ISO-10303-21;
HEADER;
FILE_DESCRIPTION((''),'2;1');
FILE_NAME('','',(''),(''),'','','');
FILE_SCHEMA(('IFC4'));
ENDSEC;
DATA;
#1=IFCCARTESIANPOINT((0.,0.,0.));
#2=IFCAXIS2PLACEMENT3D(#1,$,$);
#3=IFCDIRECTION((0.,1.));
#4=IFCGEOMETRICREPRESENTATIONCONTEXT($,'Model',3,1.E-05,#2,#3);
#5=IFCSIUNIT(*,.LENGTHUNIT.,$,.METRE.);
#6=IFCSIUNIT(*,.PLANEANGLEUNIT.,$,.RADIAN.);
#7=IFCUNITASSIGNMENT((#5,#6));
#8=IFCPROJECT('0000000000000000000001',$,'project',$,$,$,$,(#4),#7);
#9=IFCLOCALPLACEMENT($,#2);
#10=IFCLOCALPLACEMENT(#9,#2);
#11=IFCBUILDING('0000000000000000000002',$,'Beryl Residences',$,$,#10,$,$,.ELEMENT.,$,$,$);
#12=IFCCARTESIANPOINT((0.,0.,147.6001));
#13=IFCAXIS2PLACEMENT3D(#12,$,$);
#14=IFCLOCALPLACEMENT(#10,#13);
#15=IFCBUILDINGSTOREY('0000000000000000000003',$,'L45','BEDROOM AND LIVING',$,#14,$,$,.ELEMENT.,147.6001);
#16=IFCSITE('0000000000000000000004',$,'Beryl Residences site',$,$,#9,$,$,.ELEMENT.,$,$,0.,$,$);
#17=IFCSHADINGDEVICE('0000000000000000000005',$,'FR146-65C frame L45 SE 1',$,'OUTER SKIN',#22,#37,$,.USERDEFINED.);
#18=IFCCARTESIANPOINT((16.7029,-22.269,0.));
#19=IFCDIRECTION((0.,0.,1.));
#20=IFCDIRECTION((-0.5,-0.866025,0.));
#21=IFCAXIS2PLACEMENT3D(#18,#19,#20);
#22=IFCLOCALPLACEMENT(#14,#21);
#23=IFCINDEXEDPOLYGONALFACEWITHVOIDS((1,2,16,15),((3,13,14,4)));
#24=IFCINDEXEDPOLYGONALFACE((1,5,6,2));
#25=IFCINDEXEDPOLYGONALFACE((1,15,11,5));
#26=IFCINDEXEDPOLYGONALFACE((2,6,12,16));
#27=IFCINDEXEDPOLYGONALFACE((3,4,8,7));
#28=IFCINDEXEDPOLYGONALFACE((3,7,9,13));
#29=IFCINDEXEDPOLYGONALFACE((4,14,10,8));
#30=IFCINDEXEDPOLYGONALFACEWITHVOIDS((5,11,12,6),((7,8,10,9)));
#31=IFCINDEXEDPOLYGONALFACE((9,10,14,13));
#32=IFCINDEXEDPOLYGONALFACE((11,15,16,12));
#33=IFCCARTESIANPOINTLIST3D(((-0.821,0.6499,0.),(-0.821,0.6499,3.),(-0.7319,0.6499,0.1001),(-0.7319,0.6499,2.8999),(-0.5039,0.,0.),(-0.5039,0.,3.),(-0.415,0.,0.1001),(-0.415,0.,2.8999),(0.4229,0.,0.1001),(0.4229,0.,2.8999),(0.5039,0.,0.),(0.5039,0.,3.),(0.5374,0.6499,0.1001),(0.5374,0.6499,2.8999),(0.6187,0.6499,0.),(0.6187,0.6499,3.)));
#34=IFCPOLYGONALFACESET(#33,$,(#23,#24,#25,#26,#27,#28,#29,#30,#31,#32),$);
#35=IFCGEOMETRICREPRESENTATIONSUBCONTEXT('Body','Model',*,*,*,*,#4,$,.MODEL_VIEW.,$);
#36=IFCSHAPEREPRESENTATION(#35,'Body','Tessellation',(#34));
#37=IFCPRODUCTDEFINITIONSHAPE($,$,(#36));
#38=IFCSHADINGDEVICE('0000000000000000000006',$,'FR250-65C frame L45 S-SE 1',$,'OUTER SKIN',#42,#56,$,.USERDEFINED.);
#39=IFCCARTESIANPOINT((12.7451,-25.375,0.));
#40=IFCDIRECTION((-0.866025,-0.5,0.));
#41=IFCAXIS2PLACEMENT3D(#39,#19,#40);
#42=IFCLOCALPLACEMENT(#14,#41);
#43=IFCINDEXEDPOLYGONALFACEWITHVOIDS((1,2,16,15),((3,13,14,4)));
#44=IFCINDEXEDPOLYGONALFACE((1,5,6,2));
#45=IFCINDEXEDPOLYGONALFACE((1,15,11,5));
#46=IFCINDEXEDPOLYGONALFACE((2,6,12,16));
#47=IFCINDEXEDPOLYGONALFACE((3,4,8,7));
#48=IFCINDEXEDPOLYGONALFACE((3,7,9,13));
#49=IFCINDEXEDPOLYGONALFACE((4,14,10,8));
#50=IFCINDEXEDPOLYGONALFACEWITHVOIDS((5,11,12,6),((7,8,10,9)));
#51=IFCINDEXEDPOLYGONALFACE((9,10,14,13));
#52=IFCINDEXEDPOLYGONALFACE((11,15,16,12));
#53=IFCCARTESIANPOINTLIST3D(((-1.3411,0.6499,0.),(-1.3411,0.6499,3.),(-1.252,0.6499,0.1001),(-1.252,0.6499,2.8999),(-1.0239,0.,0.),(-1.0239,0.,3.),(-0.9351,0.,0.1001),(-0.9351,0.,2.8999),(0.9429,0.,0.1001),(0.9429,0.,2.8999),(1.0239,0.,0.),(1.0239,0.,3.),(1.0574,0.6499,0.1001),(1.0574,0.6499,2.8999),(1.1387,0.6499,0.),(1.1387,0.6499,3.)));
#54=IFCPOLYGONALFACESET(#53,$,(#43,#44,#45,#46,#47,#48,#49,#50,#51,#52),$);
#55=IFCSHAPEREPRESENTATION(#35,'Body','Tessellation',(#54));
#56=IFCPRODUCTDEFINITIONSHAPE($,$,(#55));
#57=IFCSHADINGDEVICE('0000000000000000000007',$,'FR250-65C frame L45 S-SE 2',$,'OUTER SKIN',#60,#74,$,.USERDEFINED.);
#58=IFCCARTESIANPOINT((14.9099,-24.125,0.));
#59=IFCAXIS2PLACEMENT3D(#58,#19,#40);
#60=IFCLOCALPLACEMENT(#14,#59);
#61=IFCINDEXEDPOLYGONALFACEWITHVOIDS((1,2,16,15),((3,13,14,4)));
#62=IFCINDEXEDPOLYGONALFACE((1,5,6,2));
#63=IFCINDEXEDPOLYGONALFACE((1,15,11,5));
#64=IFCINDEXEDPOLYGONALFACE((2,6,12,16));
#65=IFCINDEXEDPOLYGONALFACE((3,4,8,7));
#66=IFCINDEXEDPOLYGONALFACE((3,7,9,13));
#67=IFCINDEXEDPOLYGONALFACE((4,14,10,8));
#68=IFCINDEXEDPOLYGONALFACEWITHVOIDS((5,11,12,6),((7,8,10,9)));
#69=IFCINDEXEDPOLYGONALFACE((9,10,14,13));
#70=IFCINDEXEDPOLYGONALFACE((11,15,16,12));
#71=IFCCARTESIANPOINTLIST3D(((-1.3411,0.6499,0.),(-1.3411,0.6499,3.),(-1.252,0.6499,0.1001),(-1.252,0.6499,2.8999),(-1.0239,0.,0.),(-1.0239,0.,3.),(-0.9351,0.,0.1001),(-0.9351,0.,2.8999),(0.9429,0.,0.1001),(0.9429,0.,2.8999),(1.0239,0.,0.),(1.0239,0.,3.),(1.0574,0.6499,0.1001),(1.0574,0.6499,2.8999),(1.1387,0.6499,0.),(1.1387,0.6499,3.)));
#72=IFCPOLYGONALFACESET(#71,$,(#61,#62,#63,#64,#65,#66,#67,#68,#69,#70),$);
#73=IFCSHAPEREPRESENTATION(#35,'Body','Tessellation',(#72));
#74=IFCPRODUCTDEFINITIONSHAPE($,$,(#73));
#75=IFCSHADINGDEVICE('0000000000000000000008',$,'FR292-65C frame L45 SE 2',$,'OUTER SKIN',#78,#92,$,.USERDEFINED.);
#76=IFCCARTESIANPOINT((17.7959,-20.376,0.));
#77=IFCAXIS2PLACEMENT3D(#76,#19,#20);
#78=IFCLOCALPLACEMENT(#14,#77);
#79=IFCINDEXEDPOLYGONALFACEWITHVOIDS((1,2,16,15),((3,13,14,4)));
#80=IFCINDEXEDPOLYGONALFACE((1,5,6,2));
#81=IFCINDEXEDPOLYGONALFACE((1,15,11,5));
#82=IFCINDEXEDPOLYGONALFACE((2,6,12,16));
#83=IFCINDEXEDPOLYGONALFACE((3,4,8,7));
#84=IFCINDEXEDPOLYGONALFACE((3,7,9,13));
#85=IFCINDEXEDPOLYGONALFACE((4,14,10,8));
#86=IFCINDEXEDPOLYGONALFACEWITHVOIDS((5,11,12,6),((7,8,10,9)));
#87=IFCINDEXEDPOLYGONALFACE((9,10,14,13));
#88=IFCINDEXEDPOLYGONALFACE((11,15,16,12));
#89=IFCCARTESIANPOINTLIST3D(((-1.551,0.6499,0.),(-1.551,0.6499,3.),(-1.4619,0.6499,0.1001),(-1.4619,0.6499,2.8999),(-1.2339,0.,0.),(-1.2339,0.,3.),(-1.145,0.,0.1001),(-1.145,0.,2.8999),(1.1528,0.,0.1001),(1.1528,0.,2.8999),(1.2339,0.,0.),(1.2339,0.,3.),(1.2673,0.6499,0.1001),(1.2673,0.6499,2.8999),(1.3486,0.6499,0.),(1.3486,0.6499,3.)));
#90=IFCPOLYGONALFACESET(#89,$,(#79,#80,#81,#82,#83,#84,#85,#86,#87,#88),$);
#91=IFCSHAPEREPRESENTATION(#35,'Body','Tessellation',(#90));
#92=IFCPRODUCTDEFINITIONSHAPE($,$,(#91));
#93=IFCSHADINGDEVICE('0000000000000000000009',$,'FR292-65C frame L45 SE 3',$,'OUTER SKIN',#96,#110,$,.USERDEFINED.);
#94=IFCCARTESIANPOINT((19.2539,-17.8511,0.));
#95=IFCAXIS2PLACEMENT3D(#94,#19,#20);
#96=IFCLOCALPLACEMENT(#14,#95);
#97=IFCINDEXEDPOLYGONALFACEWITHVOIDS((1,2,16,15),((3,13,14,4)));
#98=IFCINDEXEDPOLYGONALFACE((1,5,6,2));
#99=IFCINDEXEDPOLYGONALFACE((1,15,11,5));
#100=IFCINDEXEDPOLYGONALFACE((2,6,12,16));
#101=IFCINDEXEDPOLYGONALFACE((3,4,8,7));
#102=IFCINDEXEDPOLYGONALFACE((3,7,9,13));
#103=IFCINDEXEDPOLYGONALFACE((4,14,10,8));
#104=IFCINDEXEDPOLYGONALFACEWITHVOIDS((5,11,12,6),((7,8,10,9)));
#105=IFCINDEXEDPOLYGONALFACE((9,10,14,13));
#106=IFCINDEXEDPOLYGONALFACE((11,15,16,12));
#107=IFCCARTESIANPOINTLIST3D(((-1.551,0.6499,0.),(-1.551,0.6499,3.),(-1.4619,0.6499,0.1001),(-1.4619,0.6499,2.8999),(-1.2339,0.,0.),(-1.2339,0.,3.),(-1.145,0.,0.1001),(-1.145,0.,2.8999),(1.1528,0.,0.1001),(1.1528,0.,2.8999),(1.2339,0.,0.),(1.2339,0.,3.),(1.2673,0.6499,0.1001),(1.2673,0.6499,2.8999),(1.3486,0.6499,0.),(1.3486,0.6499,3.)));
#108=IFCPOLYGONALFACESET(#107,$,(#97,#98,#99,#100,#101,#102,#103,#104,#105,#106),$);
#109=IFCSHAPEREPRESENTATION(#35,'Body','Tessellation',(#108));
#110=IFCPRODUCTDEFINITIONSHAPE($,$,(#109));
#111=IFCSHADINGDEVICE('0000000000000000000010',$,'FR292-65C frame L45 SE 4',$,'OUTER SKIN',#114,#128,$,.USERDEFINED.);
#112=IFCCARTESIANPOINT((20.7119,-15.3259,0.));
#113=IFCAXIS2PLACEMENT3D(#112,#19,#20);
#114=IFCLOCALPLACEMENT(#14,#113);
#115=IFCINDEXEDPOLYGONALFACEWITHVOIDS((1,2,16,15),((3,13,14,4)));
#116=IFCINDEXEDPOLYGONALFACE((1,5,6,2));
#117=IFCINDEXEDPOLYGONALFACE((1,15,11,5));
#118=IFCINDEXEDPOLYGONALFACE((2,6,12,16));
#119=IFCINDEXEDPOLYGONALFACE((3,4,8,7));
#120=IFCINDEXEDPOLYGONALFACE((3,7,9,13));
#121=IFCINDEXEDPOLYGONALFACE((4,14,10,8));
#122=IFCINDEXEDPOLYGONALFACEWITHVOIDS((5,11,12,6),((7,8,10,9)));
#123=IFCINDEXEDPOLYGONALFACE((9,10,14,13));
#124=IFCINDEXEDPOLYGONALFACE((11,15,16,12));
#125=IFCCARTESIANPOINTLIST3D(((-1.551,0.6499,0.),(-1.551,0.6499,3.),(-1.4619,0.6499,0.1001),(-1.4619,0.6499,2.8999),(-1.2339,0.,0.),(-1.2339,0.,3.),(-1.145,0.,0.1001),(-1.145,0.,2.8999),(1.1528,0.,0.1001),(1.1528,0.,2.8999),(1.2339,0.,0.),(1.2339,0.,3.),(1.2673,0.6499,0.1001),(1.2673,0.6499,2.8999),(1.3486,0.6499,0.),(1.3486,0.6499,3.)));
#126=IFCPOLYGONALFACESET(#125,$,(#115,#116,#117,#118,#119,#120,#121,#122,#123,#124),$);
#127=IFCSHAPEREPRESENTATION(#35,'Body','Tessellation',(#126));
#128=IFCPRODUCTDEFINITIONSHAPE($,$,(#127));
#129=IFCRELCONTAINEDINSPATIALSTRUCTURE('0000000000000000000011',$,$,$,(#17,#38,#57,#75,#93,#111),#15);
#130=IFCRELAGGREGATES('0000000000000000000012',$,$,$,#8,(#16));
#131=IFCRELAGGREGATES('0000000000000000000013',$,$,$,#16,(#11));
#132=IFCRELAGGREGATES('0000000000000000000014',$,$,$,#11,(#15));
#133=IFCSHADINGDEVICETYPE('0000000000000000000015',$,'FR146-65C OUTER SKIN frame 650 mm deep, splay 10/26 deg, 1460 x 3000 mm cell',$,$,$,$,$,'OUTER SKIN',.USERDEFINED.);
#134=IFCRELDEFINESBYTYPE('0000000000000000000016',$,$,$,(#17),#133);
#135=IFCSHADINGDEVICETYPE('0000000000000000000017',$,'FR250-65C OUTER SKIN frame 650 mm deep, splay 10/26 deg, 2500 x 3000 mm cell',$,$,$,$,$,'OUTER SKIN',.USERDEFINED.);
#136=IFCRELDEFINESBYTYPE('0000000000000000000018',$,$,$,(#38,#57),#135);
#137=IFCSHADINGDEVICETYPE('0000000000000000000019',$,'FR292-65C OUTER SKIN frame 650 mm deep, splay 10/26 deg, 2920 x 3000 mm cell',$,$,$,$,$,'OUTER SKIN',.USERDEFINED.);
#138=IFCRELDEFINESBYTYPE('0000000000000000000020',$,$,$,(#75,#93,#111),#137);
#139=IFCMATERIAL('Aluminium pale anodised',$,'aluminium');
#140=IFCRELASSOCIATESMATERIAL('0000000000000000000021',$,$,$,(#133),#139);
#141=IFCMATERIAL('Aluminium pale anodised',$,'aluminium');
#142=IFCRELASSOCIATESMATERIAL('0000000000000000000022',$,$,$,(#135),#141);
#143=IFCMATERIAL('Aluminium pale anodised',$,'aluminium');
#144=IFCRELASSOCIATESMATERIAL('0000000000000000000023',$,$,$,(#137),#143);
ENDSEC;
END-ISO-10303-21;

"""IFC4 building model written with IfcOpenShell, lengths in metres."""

from ifc_helpers import new_model, entity, si_unit, direction, frame, origin, place, context, subcontext, project, spatial, source, transform, mapped, material, type_object, type_shapes, element, save


model = new_model("IFC4")

# Units and contexts
model_context = context("Model", 3, precision=1e-05, world=origin(), true_north=direction((0.0, 1.0)))
body_context = subcontext(model_context, "Body", "Model", "MODEL_VIEW")
ifc_project = project(units=[si_unit("LENGTHUNIT", "METRE"), si_unit("PLANEANGLEUNIT", "RADIAN")], contexts=[model_context])

# Site, building, storey
site_placement = place(None, origin())
site = spatial("IfcSite", under=ifc_project, at=site_placement, Name="Beryl Residences site", CompositionType="ELEMENT", RefElevation=0.0)
building_placement = place(site_placement, origin())
building = spatial("IfcBuilding", under=site, at=building_placement, Name="Beryl Residences", CompositionType="ELEMENT")
storey_placement = place(building_placement, frame((0.0, 0.0, 147.6001)))
storey = spatial("IfcBuildingStorey", under=building, at=storey_placement, Name="L45", Description="BEDROOM AND LIVING", CompositionType="ELEMENT", Elevation=147.6001)

# Shading devices
ifc_material_1 = material(Name="Aluminium pale anodised", Category="aluminium")
shading_device_type_1 = type_object("IfcShadingDeviceType", Name="FR146-65C OUTER SKIN frame 650 mm deep, splay 10/26 deg, 1460 x 3000 mm cell", ElementType="OUTER SKIN", PredefinedType="USERDEFINED", material=ifc_material_1)
cartesian_point_1 = entity("IfcCartesianPoint", [-0.5039, 0.0])
cartesian_point_2 = entity("IfcCartesianPoint", [-0.4229, 0.1001])
cartesian_point_3 = entity("IfcCartesianPoint", [-0.6187, 0.0])
cartesian_point_4 = entity("IfcCartesianPoint", [-0.5374, 0.1001])
shared_shape_1 = source(origin(), body_context, "Body", "SweptSolid", [
    entity("IfcExtrudedAreaSolidTapered", entity("IfcArbitraryProfileDefWithVoids", "AREA", None, entity("IfcPolyline", [cartesian_point_1, entity("IfcCartesianPoint", [0.5039, 0.0]), entity("IfcCartesianPoint", [0.5039, 3.0]), entity("IfcCartesianPoint", [-0.5039, 3.0]), cartesian_point_1]), [entity("IfcPolyline", [cartesian_point_2, entity("IfcCartesianPoint", [0.415, 0.1001]), entity("IfcCartesianPoint", [0.415, 2.8999]), entity("IfcCartesianPoint", [-0.4229, 2.8999]), cartesian_point_2])]), entity("IfcAxis2Placement3D", entity("IfcCartesianPoint", [0.0, 0.0, 0.0]), entity("IfcDirection", [0.0, 1.0, 0.0]), entity("IfcDirection", [-1.0, 0.0, 0.0])), entity("IfcDirection", [0.0, 0.0, 1.0]), 0.6499, entity("IfcArbitraryProfileDefWithVoids", "AREA", None, entity("IfcPolyline", [cartesian_point_3, entity("IfcCartesianPoint", [0.821, 0.0]), entity("IfcCartesianPoint", [0.821, 3.0]), entity("IfcCartesianPoint", [-0.6187, 3.0]), cartesian_point_3]), [entity("IfcPolyline", [cartesian_point_4, entity("IfcCartesianPoint", [0.7319, 0.1001]), entity("IfcCartesianPoint", [0.7319, 2.8999]), entity("IfcCartesianPoint", [-0.5374, 2.8999]), cartesian_point_4])])),
])
type_shapes(shading_device_type_1, [shared_shape_1])
shading_device_placement = place(storey_placement, frame((16.7029, -22.269, 0.0), z_axis=(0.0, 0.0, 1.0), x_axis=(-0.5, -0.866025, 0.0)))
element("IfcShadingDevice", 1, at=shading_device_placement, inside=storey, type_object=shading_device_type_1, Name="FR146-65C frame L45 SE 1", ObjectType="OUTER SKIN", PredefinedType="USERDEFINED", context=body_context, shape_type="MappedRepresentation", body=[
    mapped(shared_shape_1, transform((0.0, 0.0, 0.0))),
])
ifc_material_2 = material(Name="Aluminium pale anodised", Category="aluminium")
shading_device_type_2 = type_object("IfcShadingDeviceType", Name="FR250-65C OUTER SKIN frame 650 mm deep, splay 10/26 deg, 2500 x 3000 mm cell", ElementType="OUTER SKIN", PredefinedType="USERDEFINED", material=ifc_material_2)
cartesian_point_5 = entity("IfcCartesianPoint", [-1.0239, 0.0])
cartesian_point_6 = entity("IfcCartesianPoint", [-0.9429, 0.1001])
cartesian_point_7 = entity("IfcCartesianPoint", [-1.1387, 0.0])
cartesian_point_8 = entity("IfcCartesianPoint", [-1.0574, 0.1001])
shared_shape_2 = source(origin(), body_context, "Body", "SweptSolid", [
    entity("IfcExtrudedAreaSolidTapered", entity("IfcArbitraryProfileDefWithVoids", "AREA", None, entity("IfcPolyline", [cartesian_point_5, entity("IfcCartesianPoint", [1.0239, 0.0]), entity("IfcCartesianPoint", [1.0239, 3.0]), entity("IfcCartesianPoint", [-1.0239, 3.0]), cartesian_point_5]), [entity("IfcPolyline", [cartesian_point_6, entity("IfcCartesianPoint", [0.9351, 0.1001]), entity("IfcCartesianPoint", [0.9351, 2.8999]), entity("IfcCartesianPoint", [-0.9429, 2.8999]), cartesian_point_6])]), entity("IfcAxis2Placement3D", entity("IfcCartesianPoint", [0.0, 0.0, 0.0]), entity("IfcDirection", [0.0, 1.0, 0.0]), entity("IfcDirection", [-1.0, 0.0, 0.0])), entity("IfcDirection", [0.0, 0.0, 1.0]), 0.6499, entity("IfcArbitraryProfileDefWithVoids", "AREA", None, entity("IfcPolyline", [cartesian_point_7, entity("IfcCartesianPoint", [1.3411, 0.0]), entity("IfcCartesianPoint", [1.3411, 3.0]), entity("IfcCartesianPoint", [-1.1387, 3.0]), cartesian_point_7]), [entity("IfcPolyline", [cartesian_point_8, entity("IfcCartesianPoint", [1.252, 0.1001]), entity("IfcCartesianPoint", [1.252, 2.8999]), entity("IfcCartesianPoint", [-1.0574, 2.8999]), cartesian_point_8])])),
])
type_shapes(shading_device_type_2, [shared_shape_2])
for number, where, z_axis, x_axis, name in (
    (2, (12.7451, -25.375, 0.0), (0.0, 0.0, 1.0), (-0.866025, -0.5, 0.0), "FR250-65C frame L45 S-SE 1"),
    (3, (14.9099, -24.125, 0.0), (0.0, 0.0, 1.0), (-0.866025, -0.5, 0.0), "FR250-65C frame L45 S-SE 2"),
):
    element("IfcShadingDevice", number, at=place(storey_placement, frame(where, z_axis=z_axis, x_axis=x_axis)), inside=storey, type_object=shading_device_type_2, Name=name, ObjectType="OUTER SKIN", PredefinedType="USERDEFINED", context=body_context, shape_type="MappedRepresentation", body=[
        mapped(shared_shape_2, transform((0.0, 0.0, 0.0))),
    ])
ifc_material_3 = material(Name="Aluminium pale anodised", Category="aluminium")
shading_device_type_3 = type_object("IfcShadingDeviceType", Name="FR292-65C OUTER SKIN frame 650 mm deep, splay 10/26 deg, 2920 x 3000 mm cell", ElementType="OUTER SKIN", PredefinedType="USERDEFINED", material=ifc_material_3)
cartesian_point_9 = entity("IfcCartesianPoint", [-1.2339, 0.0])
cartesian_point_10 = entity("IfcCartesianPoint", [-1.1528, 0.1001])
cartesian_point_11 = entity("IfcCartesianPoint", [-1.3486, 0.0])
cartesian_point_12 = entity("IfcCartesianPoint", [-1.2673, 0.1001])
shared_shape_3 = source(origin(), body_context, "Body", "SweptSolid", [
    entity("IfcExtrudedAreaSolidTapered", entity("IfcArbitraryProfileDefWithVoids", "AREA", None, entity("IfcPolyline", [cartesian_point_9, entity("IfcCartesianPoint", [1.2339, 0.0]), entity("IfcCartesianPoint", [1.2339, 3.0]), entity("IfcCartesianPoint", [-1.2339, 3.0]), cartesian_point_9]), [entity("IfcPolyline", [cartesian_point_10, entity("IfcCartesianPoint", [1.145, 0.1001]), entity("IfcCartesianPoint", [1.145, 2.8999]), entity("IfcCartesianPoint", [-1.1528, 2.8999]), cartesian_point_10])]), entity("IfcAxis2Placement3D", entity("IfcCartesianPoint", [0.0, 0.0, 0.0]), entity("IfcDirection", [0.0, 1.0, 0.0]), entity("IfcDirection", [-1.0, 0.0, 0.0])), entity("IfcDirection", [0.0, 0.0, 1.0]), 0.6499, entity("IfcArbitraryProfileDefWithVoids", "AREA", None, entity("IfcPolyline", [cartesian_point_11, entity("IfcCartesianPoint", [1.551, 0.0]), entity("IfcCartesianPoint", [1.551, 3.0]), entity("IfcCartesianPoint", [-1.3486, 3.0]), cartesian_point_11]), [entity("IfcPolyline", [cartesian_point_12, entity("IfcCartesianPoint", [1.4619, 0.1001]), entity("IfcCartesianPoint", [1.4619, 2.8999]), entity("IfcCartesianPoint", [-1.2673, 2.8999]), cartesian_point_12])])),
])
type_shapes(shading_device_type_3, [shared_shape_3])
for number, where, z_axis, x_axis, name in (
    (4, (17.7959, -20.376, 0.0), (0.0, 0.0, 1.0), (-0.5, -0.866025, 0.0), "FR292-65C frame L45 SE 2"),
    (5, (19.2539, -17.8511, 0.0), (0.0, 0.0, 1.0), (-0.5, -0.866025, 0.0), "FR292-65C frame L45 SE 3"),
    (6, (20.7119, -15.3259, 0.0), (0.0, 0.0, 1.0), (-0.5, -0.866025, 0.0), "FR292-65C frame L45 SE 4"),
):
    element("IfcShadingDevice", number, at=place(storey_placement, frame(where, z_axis=z_axis, x_axis=x_axis)), inside=storey, type_object=shading_device_type_3, Name=name, ObjectType="OUTER SKIN", PredefinedType="USERDEFINED", context=body_context, shape_type="MappedRepresentation", body=[
        mapped(shared_shape_3, transform((0.0, 0.0, 0.0))),
    ])

save(model, "model.ifc")
